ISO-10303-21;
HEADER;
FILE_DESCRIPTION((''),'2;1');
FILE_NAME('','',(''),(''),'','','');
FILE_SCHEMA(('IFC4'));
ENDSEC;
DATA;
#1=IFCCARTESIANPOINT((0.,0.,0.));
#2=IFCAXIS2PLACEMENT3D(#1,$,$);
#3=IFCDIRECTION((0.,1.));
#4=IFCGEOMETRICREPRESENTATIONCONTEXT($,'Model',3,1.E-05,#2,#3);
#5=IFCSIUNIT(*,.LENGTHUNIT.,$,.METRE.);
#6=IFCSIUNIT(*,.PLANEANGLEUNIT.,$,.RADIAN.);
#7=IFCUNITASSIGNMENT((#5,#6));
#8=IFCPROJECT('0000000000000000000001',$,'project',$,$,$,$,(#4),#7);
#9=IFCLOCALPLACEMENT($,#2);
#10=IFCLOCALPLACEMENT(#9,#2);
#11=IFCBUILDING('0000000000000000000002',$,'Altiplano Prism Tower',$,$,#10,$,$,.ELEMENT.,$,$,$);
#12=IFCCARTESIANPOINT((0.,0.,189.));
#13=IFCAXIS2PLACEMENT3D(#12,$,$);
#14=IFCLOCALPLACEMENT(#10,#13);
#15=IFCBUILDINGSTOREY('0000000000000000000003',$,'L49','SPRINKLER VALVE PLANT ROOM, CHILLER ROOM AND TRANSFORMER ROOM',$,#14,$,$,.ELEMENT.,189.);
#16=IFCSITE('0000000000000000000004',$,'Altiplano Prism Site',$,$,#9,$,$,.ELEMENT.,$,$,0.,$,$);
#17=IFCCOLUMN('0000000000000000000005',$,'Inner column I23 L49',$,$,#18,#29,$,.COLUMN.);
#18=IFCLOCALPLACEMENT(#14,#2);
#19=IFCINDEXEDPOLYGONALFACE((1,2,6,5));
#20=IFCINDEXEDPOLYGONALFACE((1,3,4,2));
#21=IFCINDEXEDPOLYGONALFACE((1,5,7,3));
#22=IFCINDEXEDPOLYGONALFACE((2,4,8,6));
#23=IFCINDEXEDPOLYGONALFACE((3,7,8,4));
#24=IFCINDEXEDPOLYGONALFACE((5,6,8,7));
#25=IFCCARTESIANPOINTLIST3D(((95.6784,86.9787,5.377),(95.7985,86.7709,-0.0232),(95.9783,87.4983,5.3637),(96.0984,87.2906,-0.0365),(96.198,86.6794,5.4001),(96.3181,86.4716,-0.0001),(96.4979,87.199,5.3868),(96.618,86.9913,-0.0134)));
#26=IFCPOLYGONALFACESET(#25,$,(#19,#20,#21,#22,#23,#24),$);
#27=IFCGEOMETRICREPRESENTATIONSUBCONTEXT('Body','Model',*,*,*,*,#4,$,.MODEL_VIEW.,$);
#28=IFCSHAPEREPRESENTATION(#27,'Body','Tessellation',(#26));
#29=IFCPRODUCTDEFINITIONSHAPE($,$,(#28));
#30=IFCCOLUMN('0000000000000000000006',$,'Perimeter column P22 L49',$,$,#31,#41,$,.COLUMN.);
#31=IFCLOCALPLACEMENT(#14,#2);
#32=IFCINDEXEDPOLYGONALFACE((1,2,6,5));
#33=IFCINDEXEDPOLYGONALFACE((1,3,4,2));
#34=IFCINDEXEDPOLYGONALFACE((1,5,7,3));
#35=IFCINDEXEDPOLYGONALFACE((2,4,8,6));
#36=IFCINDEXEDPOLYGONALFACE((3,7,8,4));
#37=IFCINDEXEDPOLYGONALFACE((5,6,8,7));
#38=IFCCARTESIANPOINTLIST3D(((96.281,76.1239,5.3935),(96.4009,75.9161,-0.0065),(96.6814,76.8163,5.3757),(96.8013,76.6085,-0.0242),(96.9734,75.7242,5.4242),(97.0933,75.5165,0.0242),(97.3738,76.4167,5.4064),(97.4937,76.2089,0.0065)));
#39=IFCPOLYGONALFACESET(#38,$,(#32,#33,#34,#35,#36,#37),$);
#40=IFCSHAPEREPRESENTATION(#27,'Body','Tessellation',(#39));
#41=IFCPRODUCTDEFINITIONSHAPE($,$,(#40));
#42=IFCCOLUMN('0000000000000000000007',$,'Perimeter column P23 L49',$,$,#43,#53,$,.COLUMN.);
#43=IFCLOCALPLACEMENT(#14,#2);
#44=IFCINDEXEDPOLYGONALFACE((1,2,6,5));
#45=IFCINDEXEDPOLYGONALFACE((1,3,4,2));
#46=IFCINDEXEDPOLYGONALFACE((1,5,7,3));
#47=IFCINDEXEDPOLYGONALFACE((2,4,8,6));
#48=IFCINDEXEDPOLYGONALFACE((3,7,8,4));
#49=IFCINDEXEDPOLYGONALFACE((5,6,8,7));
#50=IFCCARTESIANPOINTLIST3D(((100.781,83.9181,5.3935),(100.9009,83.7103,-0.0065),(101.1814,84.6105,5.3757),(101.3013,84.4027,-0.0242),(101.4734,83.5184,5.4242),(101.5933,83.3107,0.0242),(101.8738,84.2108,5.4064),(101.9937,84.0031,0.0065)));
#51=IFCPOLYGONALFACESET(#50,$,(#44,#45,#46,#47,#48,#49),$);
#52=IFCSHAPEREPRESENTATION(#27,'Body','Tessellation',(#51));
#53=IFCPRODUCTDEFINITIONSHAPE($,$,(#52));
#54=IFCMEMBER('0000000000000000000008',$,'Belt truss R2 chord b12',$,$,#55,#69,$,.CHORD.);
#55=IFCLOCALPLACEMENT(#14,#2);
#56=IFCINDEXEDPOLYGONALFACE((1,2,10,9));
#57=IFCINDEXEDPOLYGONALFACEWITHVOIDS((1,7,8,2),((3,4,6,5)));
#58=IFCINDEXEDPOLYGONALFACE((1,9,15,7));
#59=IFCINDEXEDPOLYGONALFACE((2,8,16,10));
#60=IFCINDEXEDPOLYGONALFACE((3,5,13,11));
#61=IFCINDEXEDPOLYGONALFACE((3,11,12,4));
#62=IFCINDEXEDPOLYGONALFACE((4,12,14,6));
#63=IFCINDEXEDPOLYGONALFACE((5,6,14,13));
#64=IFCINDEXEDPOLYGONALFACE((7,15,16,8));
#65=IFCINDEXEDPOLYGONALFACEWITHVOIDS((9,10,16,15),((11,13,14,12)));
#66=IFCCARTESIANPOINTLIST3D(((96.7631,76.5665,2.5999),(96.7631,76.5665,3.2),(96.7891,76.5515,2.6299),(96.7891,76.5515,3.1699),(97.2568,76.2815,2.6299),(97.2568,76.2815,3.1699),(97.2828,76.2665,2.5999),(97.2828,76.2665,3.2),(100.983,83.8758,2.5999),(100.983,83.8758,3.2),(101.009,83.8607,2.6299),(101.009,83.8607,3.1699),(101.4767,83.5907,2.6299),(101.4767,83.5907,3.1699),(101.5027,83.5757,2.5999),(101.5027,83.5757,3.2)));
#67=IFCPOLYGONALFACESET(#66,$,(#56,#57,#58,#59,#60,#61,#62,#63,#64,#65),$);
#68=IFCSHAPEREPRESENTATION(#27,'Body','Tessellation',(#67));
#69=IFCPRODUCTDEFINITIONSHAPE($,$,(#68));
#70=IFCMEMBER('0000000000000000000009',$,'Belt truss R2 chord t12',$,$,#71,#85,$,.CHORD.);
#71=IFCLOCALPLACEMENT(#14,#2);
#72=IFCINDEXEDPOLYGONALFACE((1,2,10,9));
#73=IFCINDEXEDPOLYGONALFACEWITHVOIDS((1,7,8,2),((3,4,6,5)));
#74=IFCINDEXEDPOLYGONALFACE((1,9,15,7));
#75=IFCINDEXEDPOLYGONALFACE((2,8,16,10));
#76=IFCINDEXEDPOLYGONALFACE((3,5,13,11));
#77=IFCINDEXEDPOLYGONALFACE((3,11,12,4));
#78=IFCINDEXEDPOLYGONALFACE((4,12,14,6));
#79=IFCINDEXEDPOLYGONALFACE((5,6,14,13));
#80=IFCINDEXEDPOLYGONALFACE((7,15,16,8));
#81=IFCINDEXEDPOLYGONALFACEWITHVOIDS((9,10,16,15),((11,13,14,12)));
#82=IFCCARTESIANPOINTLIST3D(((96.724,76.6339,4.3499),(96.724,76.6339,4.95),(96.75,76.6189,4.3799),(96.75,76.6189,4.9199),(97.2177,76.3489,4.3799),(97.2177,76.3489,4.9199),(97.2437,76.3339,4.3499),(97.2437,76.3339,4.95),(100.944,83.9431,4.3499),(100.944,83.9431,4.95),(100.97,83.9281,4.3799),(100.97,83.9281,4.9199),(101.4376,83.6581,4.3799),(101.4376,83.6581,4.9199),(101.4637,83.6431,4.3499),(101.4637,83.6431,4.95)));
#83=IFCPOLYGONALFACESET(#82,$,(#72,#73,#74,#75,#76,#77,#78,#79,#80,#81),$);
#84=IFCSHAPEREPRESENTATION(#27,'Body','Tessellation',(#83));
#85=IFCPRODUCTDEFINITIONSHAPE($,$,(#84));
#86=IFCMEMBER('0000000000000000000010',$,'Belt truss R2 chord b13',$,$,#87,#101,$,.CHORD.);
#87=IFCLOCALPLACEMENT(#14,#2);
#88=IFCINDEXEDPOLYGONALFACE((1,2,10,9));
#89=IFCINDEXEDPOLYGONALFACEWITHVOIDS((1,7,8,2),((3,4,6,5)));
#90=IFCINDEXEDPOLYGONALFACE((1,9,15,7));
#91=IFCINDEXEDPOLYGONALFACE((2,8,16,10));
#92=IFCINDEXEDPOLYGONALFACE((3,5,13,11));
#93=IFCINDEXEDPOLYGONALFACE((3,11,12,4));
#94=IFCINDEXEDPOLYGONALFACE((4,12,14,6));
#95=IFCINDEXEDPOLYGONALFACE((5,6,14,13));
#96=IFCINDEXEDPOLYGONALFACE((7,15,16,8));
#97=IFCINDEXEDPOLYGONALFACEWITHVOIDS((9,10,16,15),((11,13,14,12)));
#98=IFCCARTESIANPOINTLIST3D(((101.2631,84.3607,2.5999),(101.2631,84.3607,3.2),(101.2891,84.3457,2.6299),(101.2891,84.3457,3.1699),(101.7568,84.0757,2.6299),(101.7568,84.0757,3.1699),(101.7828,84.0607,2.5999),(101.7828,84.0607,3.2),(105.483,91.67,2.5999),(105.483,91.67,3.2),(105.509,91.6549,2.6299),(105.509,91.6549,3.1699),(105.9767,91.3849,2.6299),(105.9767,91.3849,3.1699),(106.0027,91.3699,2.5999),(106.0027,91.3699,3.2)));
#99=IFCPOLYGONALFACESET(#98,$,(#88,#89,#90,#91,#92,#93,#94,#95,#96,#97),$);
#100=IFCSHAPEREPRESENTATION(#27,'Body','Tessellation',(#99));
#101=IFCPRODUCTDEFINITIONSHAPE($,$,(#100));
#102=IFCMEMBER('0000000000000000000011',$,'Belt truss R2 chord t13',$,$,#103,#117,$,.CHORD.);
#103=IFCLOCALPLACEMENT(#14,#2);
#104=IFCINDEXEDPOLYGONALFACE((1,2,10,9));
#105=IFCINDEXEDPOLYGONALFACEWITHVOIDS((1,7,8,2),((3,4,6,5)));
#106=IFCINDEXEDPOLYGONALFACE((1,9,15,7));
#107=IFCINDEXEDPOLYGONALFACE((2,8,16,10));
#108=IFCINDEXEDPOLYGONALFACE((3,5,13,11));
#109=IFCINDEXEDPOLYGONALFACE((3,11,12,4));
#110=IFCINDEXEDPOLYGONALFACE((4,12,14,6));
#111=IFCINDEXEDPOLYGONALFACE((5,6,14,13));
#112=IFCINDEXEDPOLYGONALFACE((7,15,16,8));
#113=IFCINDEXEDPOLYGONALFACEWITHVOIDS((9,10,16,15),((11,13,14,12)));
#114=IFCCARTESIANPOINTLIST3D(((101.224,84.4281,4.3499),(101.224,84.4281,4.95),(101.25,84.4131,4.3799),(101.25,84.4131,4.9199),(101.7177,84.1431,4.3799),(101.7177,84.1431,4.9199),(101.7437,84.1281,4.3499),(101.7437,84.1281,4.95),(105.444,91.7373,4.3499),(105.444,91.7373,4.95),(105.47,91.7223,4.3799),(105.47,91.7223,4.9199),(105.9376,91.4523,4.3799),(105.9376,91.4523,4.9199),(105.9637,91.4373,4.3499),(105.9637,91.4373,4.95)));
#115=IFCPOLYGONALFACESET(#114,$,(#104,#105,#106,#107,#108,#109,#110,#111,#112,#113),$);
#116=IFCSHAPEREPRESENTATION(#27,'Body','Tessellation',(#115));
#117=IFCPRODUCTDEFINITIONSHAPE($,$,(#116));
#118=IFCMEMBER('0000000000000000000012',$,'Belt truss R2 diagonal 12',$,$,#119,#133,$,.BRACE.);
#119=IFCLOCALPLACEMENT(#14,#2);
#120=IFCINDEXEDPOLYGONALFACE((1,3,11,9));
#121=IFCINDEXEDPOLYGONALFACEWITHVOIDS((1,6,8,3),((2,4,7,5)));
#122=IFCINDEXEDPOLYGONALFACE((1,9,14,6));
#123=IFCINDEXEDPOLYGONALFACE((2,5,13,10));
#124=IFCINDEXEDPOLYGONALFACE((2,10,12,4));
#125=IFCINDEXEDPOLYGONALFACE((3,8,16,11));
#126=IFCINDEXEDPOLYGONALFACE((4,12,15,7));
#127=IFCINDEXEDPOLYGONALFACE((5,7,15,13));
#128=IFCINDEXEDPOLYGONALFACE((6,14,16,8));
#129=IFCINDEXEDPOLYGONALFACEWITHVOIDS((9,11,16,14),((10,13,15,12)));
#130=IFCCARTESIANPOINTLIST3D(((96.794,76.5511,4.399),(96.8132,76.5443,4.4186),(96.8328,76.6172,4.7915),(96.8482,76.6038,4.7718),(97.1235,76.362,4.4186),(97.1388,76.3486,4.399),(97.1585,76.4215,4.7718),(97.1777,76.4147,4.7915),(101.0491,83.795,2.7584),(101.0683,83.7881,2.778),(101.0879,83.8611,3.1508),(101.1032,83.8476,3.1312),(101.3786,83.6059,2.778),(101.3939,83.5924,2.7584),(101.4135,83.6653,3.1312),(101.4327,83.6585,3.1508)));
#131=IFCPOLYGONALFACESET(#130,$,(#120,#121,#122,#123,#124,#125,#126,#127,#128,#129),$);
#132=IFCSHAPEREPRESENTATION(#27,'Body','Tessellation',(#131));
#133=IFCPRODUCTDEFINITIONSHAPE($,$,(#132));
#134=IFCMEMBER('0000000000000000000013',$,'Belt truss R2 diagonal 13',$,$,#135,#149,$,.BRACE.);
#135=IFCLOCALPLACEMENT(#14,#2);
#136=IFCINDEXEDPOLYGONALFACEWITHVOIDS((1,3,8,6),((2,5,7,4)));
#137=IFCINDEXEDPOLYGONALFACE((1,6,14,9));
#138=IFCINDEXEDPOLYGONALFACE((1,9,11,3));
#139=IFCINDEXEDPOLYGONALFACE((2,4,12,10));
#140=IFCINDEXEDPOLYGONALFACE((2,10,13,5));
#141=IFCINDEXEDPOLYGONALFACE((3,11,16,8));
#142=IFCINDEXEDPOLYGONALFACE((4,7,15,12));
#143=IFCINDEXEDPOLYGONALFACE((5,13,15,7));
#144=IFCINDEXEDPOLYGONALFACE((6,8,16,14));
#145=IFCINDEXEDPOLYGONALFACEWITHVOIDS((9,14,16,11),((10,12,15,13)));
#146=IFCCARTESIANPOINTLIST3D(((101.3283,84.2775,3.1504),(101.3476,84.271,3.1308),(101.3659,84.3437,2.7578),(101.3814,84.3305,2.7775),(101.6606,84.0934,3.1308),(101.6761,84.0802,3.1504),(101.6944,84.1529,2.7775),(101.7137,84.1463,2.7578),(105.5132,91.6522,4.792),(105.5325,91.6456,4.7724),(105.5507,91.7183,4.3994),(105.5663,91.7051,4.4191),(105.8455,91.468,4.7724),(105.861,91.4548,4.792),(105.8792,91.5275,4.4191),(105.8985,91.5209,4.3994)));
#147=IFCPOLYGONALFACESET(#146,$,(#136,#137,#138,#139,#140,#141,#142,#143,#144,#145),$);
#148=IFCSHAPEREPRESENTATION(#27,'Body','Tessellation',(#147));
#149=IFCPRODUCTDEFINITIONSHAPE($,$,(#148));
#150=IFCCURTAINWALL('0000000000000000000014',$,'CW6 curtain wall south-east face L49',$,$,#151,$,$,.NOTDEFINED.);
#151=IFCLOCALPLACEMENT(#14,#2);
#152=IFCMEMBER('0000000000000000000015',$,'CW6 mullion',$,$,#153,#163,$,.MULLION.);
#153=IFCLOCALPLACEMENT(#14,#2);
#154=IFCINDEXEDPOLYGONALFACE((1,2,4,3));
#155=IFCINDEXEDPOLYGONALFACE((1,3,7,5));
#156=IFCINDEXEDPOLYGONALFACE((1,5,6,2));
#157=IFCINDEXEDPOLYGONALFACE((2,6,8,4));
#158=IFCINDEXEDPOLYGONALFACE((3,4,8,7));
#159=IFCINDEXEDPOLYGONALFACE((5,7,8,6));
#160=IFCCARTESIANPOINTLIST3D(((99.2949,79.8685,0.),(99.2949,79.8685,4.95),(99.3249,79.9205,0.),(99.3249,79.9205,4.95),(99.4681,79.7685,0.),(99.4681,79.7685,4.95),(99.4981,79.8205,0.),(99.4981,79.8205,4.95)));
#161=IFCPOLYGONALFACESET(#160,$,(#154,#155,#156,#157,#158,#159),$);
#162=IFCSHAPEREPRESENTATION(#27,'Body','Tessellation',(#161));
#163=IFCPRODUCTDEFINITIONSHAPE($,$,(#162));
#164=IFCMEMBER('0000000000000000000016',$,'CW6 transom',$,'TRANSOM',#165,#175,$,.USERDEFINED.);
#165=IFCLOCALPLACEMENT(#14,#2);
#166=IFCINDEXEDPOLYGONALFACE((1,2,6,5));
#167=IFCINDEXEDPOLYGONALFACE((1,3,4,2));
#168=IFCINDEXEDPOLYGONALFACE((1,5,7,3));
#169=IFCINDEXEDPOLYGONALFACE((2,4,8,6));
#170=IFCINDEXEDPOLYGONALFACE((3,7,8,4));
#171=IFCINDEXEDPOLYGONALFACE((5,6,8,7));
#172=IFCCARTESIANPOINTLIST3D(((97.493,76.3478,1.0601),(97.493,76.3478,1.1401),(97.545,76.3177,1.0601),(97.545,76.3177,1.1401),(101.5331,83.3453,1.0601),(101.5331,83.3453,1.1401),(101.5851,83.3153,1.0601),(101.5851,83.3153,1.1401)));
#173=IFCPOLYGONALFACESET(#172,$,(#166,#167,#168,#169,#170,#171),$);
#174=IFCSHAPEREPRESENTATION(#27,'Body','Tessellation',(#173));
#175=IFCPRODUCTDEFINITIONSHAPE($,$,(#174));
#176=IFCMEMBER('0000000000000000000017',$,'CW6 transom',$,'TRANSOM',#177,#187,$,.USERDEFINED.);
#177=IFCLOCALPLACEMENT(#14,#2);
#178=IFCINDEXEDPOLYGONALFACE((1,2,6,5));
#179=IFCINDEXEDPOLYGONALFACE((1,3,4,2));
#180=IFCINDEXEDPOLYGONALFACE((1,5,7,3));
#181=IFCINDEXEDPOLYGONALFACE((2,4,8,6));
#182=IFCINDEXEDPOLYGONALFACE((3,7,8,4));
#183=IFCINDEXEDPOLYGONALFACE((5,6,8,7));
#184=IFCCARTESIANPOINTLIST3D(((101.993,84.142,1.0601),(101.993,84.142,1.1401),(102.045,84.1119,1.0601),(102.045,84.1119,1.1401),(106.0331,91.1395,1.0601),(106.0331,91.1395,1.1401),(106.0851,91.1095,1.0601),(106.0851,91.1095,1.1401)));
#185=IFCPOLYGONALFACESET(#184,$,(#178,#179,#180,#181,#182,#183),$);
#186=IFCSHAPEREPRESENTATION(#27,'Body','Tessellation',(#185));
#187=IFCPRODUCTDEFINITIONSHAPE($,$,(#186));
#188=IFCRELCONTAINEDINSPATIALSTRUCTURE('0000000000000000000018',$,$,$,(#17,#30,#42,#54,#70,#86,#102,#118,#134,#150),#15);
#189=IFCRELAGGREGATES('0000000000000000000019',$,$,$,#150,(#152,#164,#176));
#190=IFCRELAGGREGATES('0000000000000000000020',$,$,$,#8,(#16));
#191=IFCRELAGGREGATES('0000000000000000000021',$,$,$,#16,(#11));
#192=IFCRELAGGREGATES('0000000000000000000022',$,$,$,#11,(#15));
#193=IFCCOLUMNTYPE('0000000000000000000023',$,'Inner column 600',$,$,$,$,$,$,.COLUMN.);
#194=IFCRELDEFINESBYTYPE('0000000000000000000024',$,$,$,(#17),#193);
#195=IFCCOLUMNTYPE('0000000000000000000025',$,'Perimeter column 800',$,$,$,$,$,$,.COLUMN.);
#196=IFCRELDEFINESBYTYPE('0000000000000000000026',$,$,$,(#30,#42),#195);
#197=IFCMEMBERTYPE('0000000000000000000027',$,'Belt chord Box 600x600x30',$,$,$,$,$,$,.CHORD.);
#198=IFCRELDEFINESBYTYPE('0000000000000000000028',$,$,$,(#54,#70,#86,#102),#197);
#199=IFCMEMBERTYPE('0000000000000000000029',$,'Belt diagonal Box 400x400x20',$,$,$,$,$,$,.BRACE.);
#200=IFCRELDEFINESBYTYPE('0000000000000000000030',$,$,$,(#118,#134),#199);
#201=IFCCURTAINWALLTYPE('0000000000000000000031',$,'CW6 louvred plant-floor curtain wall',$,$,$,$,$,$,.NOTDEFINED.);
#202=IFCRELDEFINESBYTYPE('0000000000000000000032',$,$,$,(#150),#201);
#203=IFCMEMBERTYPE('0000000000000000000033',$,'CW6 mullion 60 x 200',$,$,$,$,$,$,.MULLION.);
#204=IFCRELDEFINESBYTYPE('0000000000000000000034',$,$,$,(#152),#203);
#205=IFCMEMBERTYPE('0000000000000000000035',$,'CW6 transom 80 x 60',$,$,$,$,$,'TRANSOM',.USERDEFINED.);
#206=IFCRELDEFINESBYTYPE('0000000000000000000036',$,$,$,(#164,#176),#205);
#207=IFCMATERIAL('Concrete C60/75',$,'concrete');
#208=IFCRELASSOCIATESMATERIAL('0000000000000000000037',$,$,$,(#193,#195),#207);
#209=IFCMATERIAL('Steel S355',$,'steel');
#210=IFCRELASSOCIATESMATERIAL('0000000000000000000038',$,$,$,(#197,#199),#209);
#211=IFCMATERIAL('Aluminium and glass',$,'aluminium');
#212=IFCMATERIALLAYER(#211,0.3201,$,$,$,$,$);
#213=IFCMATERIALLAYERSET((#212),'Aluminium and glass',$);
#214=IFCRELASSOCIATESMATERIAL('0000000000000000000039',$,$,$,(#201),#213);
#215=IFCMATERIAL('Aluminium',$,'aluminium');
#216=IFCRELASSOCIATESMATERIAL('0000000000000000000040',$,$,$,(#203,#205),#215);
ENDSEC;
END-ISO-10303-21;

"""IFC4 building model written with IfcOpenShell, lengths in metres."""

from ifc_helpers import new_model, si_unit, direction, frame, origin, origin_2d, place, context, subcontext, project, spatial, rectangle, hollow_rectangle, extrude, material, layer, layer_set, material_profile, profile_set, type_object, element, aggregate, save


model = new_model("IFC4")

# Units and contexts
model_context = context("Model", 3, precision=1e-05, world=origin(), true_north=direction((0.0, 1.0)))
body_context = subcontext(model_context, "Body", "Model", "MODEL_VIEW")
ifc_project = project(units=[si_unit("LENGTHUNIT", "METRE"), si_unit("PLANEANGLEUNIT", "RADIAN")], contexts=[model_context])

# Site, building, storey
site_placement = place(None, origin())
site = spatial("IfcSite", under=ifc_project, at=site_placement, Name="Altiplano Prism Site", CompositionType="ELEMENT", RefElevation=0.0)
building_placement = place(site_placement, origin())
building = spatial("IfcBuilding", under=site, at=building_placement, Name="Altiplano Prism Tower", CompositionType="ELEMENT")
storey_placement = place(building_placement, frame((0.0, 0.0, 189.0)))
storey = spatial("IfcBuildingStorey", under=building, at=storey_placement, Name="L49", Description="SPRINKLER VALVE PLANT ROOM, CHILLER ROOM AND TRANSFORMER ROOM", CompositionType="ELEMENT", Elevation=189.0)

# Columns
ifc_material_1 = material(Name="Concrete C60/75", Category="concrete")
ifc_material_profile_1 = material_profile(ifc_material_1, rectangle(XDim=0.6001, YDim=0.6001, at=origin_2d()), Name="Inner column 600")
ifc_profile_set_1 = profile_set([ifc_material_profile_1], Name="Concrete C60/75")
column_type_1 = type_object("IfcColumnType", Name="Inner column 600", PredefinedType="COLUMN", material=ifc_profile_set_1)
column_placement = place(storey_placement, frame((96.2083, 86.8811, -0.0183), z_axis=(-0.022221, 0.038436, 0.999014), x_axis=(-0.499734, -0.865895, 0.022198)))
element("IfcColumn", 1, at=column_placement, inside=storey, type_object=column_type_1, Name="Inner column I23 L49", PredefinedType="COLUMN", context=body_context, shape_type="SweptSolid", body=[
    extrude(rectangle(XDim=0.6001, YDim=0.6001, at=origin_2d()), origin(), (0.0, 0.0, 1.0), 5.4055),
])
ifc_material_profile_2 = material_profile(ifc_material_1, rectangle(XDim=0.8, YDim=0.8, at=origin_2d()), Name="Perimeter column 800")
ifc_profile_set_2 = profile_set([ifc_material_profile_2], Name="Concrete C60/75")
column_type_2 = type_object("IfcColumnType", Name="Perimeter column 800", PredefinedType="COLUMN", material=ifc_profile_set_2)
for number, where, z_axis, x_axis, name in (
    (2, (96.9473, 76.0625, 0.0), (-0.022177, 0.038438, 0.999015), (-0.500493, -0.865456, 0.022188), "Perimeter column P22 L49"),
    (3, (101.4473, 83.8567, 0.0), (-0.022177, 0.038438, 0.999015), (-0.500496, -0.865454, 0.022188), "Perimeter column P23 L49"),
):
    element("IfcColumn", number, at=place(storey_placement, frame(where, z_axis=z_axis, x_axis=x_axis)), inside=storey, type_object=column_type_2, Name=name, PredefinedType="COLUMN", context=body_context, shape_type="SweptSolid", body=[
        extrude(rectangle(XDim=0.8, YDim=0.8, at=origin_2d()), origin(), (0.0, 0.0, 1.0), 5.4053),
    ])

# Members
ifc_material_2 = material(Name="Steel S355", Category="steel")
ifc_material_profile_3 = material_profile(ifc_material_2, hollow_rectangle(XDim=0.6001, YDim=0.6001, WallThickness=0.03, at=origin_2d()), Name="Belt chord Box 600x600x30")
ifc_profile_set_3 = profile_set([ifc_material_profile_3], Name="Steel S355")
member_type_1 = type_object("IfcMemberType", Name="Belt chord Box 600x600x30", PredefinedType="CHORD", material=ifc_profile_set_3)
for number, where, z_axis, x_axis, name in (
    (4, (97.0229, 76.4165, 2.8999), (0.499994, 0.866029, 0.0), (-0.866029, 0.499994, 0.0), "Belt truss R2 chord b12"),
    (5, (96.9839, 76.4839, 4.6499), (0.499994, 0.866029, 0.0), (-0.866029, 0.499994, 0.0), "Belt truss R2 chord t12"),
    (6, (101.5229, 84.2107, 2.8999), (0.499994, 0.866029, 0.0), (-0.866029, 0.499994, 0.0), "Belt truss R2 chord b13"),
    (7, (101.4839, 84.2781, 4.6499), (0.499994, 0.866029, 0.0), (-0.866029, 0.499994, 0.0), "Belt truss R2 chord t13"),
):
    element("IfcMember", number, at=place(storey_placement, frame(where, z_axis=z_axis, x_axis=x_axis)), inside=storey, type_object=member_type_1, Name=name, PredefinedType="CHORD", context=body_context, shape_type="SweptSolid", body=[
        extrude(hollow_rectangle(XDim=0.6001, YDim=0.6001, WallThickness=0.03, at=origin_2d()), origin(), (0.0, 0.0, 1.0), 8.4399),
    ])
ifc_material_profile_4 = material_profile(ifc_material_2, hollow_rectangle(XDim=0.3999, YDim=0.3999, WallThickness=0.02, at=origin_2d()), Name="Belt diagonal Box 400x400x20")
ifc_profile_set_4 = profile_set([ifc_material_profile_4], Name="Steel S355")
member_type_2 = type_object("IfcMemberType", Name="Belt diagonal Box 400x400x20", PredefinedType="BRACE", material=ifc_profile_set_4)
member_1_placement = place(storey_placement, frame((96.9858, 76.4829, 4.5952), z_axis=(0.4971, 0.84626, -0.191664), x_axis=(-0.862246, 0.50649, 0.0)))
element("IfcMember", 8, at=member_1_placement, inside=storey, type_object=member_type_2, Name="Belt truss R2 diagonal 12", PredefinedType="BRACE", context=body_context, shape_type="SweptSolid", body=[
    extrude(hollow_rectangle(XDim=0.3999, YDim=0.3999, WallThickness=0.02, at=origin_2d()), origin(), (0.0, 0.0, 1.0), 8.5598),
])
member_2_placement = place(storey_placement, frame((101.521, 84.2119, 2.9541), z_axis=(0.484544, 0.853867, 0.190075), x_axis=(-0.869722, 0.493541, 0.0)))
element("IfcMember", 9, at=member_2_placement, inside=storey, type_object=member_type_2, Name="Belt truss R2 diagonal 13", PredefinedType="BRACE", context=body_context, shape_type="SweptSolid", body=[
    extrude(hollow_rectangle(XDim=0.3999, YDim=0.3999, WallThickness=0.02, at=origin_2d()), origin(), (0.0, 0.0, 1.0), 8.6367),
])

# Curtain wall, members
ifc_material_3 = material(Name="Aluminium and glass", Category="aluminium")
ifc_layer_1 = layer(ifc_material_3, 0.3201)
ifc_layer_set_1 = layer_set([ifc_layer_1], Name="Aluminium and glass")
curtain_wall_type = type_object("IfcCurtainWallType", Name="CW6 louvred plant-floor curtain wall", PredefinedType="NOTDEFINED", material=ifc_layer_set_1)
curtain_wall_placement = place(storey_placement, origin())
curtain_wall = element("IfcCurtainWall", 10, at=curtain_wall_placement, inside=storey, type_object=curtain_wall_type, Name="CW6 curtain wall south-east face L49", PredefinedType="NOTDEFINED")
ifc_material_4 = material(Name="Aluminium", Category="aluminium")
ifc_material_profile_5 = material_profile(ifc_material_4, rectangle(XDim=0.2, YDim=0.0601, at=origin_2d()), Name="CW6 mullion 60 x 200")
ifc_profile_set_5 = profile_set([ifc_material_profile_5], Name="Aluminium")
member_type_3 = type_object("IfcMemberType", Name="CW6 mullion 60 x 200", PredefinedType="MULLION", material=ifc_profile_set_5)
member_3_placement = place(storey_placement, frame((99.3965, 79.8445, 0.0), z_axis=(0.0, 0.0, 1.0), x_axis=(-0.866025, 0.5, 0.0)))
member_3 = element("IfcMember", 11, at=member_3_placement, type_object=member_type_3, Name="CW6 mullion", PredefinedType="MULLION", context=body_context, shape_type="SweptSolid", body=[
    extrude(rectangle(XDim=0.2, YDim=0.0601, at=origin_2d()), origin(), (0.0, 0.0, 1.0), 4.95),
])
ifc_material_profile_6 = material_profile(ifc_material_4, rectangle(XDim=0.0601, YDim=0.0801, at=origin_2d()), Name="CW6 transom 80 x 60")
ifc_profile_set_6 = profile_set([ifc_material_profile_6], Name="Aluminium")
member_type_4 = type_object("IfcMemberType", Name="CW6 transom 80 x 60", ElementType="TRANSOM", PredefinedType="USERDEFINED", material=ifc_profile_set_6)
member_4_placement = place(storey_placement, frame((97.519, 76.3328, 1.1001), z_axis=(0.5, 0.866026, 0.0), x_axis=(-0.866026, 0.5, 0.0)))
member_4 = element("IfcMember", 12, at=member_4_placement, type_object=member_type_4, Name="CW6 transom", ObjectType="TRANSOM", PredefinedType="USERDEFINED", context=body_context, shape_type="SweptSolid", body=[
    extrude(rectangle(XDim=0.0601, YDim=0.0801, at=origin_2d()), origin(), (0.0, 0.0, 1.0), 8.0801),
])
member_5_placement = place(storey_placement, frame((102.019, 84.127, 1.1001), z_axis=(0.5, 0.866026, 0.0), x_axis=(-0.866026, 0.5, 0.0)))
member_5 = element("IfcMember", 13, at=member_5_placement, type_object=member_type_4, Name="CW6 transom", ObjectType="TRANSOM", PredefinedType="USERDEFINED", context=body_context, shape_type="SweptSolid", body=[
    extrude(rectangle(XDim=0.0601, YDim=0.0801, at=origin_2d()), origin(), (0.0, 0.0, 1.0), 8.0801),
])

aggregate(curtain_wall, [member_3, member_4, member_5])

save(model, "model.ifc")
